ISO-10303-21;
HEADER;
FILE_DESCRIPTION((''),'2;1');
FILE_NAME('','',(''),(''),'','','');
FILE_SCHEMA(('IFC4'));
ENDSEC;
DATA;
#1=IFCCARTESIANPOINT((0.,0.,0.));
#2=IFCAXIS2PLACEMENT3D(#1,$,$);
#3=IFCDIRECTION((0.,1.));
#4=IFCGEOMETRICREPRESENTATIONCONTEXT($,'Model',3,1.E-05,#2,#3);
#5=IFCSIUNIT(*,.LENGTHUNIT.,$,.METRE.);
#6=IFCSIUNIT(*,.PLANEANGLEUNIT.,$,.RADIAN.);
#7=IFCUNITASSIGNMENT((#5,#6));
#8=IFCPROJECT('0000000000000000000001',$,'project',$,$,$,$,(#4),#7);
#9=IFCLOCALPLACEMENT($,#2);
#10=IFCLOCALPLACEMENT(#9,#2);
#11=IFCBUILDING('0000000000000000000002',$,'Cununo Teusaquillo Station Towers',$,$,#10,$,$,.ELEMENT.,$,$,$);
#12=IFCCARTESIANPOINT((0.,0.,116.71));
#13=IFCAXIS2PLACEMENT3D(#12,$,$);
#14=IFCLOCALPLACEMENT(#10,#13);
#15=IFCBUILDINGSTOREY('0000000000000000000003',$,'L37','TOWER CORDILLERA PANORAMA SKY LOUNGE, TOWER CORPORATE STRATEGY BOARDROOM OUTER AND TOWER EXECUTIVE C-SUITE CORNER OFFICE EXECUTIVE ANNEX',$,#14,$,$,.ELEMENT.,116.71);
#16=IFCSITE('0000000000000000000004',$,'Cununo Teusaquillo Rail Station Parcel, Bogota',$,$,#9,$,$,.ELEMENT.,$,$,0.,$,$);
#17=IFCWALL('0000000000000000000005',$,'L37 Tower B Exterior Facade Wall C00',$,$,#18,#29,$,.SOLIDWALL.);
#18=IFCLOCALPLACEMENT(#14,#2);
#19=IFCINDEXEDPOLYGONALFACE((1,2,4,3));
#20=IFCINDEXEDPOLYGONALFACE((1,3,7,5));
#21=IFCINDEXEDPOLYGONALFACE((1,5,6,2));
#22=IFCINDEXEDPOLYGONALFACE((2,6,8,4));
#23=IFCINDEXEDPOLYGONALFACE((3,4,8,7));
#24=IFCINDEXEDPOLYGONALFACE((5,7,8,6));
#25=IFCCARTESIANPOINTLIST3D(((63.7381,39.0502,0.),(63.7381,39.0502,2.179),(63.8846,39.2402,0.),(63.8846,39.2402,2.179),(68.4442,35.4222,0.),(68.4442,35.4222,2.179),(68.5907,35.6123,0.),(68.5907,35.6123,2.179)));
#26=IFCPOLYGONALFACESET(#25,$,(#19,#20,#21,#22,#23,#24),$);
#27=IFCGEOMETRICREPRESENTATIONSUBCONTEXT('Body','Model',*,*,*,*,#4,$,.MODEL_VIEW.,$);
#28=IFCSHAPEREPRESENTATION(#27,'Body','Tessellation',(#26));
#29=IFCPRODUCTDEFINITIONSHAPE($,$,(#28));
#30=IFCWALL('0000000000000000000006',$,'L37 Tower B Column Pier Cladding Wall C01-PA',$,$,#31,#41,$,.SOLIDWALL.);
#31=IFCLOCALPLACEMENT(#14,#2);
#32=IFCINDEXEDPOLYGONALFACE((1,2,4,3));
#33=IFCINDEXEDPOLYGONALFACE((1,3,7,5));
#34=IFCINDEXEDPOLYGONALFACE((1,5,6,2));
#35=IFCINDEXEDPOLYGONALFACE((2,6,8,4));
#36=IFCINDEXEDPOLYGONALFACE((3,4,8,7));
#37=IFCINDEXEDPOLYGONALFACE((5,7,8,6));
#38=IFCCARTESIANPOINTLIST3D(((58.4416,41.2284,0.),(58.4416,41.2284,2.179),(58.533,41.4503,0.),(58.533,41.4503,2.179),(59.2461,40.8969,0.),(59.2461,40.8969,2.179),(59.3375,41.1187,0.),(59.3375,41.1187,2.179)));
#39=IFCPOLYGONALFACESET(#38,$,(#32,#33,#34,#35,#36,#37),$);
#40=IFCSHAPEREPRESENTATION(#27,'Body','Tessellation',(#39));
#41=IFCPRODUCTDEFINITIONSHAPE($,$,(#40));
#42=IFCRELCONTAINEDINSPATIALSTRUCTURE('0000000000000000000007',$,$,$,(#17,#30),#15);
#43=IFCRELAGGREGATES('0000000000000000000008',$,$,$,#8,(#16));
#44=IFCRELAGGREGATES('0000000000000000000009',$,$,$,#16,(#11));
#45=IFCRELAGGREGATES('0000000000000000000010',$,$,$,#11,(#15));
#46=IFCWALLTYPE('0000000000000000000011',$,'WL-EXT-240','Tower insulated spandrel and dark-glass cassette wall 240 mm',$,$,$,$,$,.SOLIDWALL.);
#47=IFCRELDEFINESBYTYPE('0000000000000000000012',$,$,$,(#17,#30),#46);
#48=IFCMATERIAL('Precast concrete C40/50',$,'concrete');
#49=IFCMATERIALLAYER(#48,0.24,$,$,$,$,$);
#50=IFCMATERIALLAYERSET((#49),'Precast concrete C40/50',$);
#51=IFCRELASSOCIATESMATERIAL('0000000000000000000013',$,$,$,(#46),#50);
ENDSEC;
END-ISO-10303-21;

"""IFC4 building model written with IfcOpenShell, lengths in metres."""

from ifc_helpers import new_model, si_unit, direction, frame, frame_2d, origin, place, context, subcontext, project, spatial, rectangle, extrude, material, layer, layer_set, type_object, element, save


model = new_model("IFC4")

# Units and contexts
model_context = context("Model", 3, precision=1e-05, world=origin(), true_north=direction((0.0, 1.0)))
body_context = subcontext(model_context, "Body", "Model", "MODEL_VIEW")
ifc_project = project(units=[si_unit("LENGTHUNIT", "METRE"), si_unit("PLANEANGLEUNIT", "RADIAN")], contexts=[model_context])

# Site, building, storey
site_placement = place(None, origin())
site = spatial("IfcSite", under=ifc_project, at=site_placement, Name="Cununo Teusaquillo Rail Station Parcel, Bogota", CompositionType="ELEMENT", RefElevation=0.0)
building_placement = place(site_placement, origin())
building = spatial("IfcBuilding", under=site, at=building_placement, Name="Cununo Teusaquillo Station Towers", CompositionType="ELEMENT")
storey_placement = place(building_placement, frame((0.0, 0.0, 116.71)))
storey = spatial("IfcBuildingStorey", under=building, at=storey_placement, Name="L37", Description="TOWER CORDILLERA PANORAMA SKY LOUNGE, TOWER CORPORATE STRATEGY BOARDROOM OUTER AND TOWER EXECUTIVE C-SUITE CORNER OFFICE EXECUTIVE ANNEX", CompositionType="ELEMENT", Elevation=116.71)

# Walls
ifc_material_1 = material(Name="Precast concrete C40/50", Category="concrete")
ifc_layer_1 = layer(ifc_material_1, 0.24)
ifc_layer_set_1 = layer_set([ifc_layer_1], Name="Precast concrete C40/50")
wall_type = type_object("IfcWallType", Name="WL-EXT-240", Description="Tower insulated spandrel and dark-glass cassette wall 240 mm", PredefinedType="SOLIDWALL", material=ifc_layer_set_1)
wall_1_placement = place(storey_placement, frame((63.8113, 39.1453, 0.0), z_axis=(0.0, 0.0, 1.0), x_axis=(0.791982, -0.610544, 0.0)))
element("IfcWall", 1, at=wall_1_placement, inside=storey, type_object=wall_type, Name="L37 Tower B Exterior Facade Wall C00", PredefinedType="SOLIDWALL", context=body_context, shape_type="SweptSolid", body=[
    extrude(rectangle(XDim=5.9421, YDim=0.24, at=frame_2d((2.9712, 0.0))), origin(), (0.0, 0.0, 1.0), 2.179),
])
wall_2_placement = place(storey_placement, frame((58.4873, 41.3394, 0.0), z_axis=(0.0, 0.0, 1.0), x_axis=(0.924556, -0.381046, 0.0)))
element("IfcWall", 2, at=wall_2_placement, inside=storey, type_object=wall_type, Name="L37 Tower B Column Pier Cladding Wall C01-PA", PredefinedType="SOLIDWALL", context=body_context, shape_type="SweptSolid", body=[
    extrude(rectangle(XDim=0.8701, YDim=0.24, at=frame_2d((0.4351, 0.0))), origin(), (0.0, 0.0, 1.0), 2.179),
])

save(model, "model.ifc")
